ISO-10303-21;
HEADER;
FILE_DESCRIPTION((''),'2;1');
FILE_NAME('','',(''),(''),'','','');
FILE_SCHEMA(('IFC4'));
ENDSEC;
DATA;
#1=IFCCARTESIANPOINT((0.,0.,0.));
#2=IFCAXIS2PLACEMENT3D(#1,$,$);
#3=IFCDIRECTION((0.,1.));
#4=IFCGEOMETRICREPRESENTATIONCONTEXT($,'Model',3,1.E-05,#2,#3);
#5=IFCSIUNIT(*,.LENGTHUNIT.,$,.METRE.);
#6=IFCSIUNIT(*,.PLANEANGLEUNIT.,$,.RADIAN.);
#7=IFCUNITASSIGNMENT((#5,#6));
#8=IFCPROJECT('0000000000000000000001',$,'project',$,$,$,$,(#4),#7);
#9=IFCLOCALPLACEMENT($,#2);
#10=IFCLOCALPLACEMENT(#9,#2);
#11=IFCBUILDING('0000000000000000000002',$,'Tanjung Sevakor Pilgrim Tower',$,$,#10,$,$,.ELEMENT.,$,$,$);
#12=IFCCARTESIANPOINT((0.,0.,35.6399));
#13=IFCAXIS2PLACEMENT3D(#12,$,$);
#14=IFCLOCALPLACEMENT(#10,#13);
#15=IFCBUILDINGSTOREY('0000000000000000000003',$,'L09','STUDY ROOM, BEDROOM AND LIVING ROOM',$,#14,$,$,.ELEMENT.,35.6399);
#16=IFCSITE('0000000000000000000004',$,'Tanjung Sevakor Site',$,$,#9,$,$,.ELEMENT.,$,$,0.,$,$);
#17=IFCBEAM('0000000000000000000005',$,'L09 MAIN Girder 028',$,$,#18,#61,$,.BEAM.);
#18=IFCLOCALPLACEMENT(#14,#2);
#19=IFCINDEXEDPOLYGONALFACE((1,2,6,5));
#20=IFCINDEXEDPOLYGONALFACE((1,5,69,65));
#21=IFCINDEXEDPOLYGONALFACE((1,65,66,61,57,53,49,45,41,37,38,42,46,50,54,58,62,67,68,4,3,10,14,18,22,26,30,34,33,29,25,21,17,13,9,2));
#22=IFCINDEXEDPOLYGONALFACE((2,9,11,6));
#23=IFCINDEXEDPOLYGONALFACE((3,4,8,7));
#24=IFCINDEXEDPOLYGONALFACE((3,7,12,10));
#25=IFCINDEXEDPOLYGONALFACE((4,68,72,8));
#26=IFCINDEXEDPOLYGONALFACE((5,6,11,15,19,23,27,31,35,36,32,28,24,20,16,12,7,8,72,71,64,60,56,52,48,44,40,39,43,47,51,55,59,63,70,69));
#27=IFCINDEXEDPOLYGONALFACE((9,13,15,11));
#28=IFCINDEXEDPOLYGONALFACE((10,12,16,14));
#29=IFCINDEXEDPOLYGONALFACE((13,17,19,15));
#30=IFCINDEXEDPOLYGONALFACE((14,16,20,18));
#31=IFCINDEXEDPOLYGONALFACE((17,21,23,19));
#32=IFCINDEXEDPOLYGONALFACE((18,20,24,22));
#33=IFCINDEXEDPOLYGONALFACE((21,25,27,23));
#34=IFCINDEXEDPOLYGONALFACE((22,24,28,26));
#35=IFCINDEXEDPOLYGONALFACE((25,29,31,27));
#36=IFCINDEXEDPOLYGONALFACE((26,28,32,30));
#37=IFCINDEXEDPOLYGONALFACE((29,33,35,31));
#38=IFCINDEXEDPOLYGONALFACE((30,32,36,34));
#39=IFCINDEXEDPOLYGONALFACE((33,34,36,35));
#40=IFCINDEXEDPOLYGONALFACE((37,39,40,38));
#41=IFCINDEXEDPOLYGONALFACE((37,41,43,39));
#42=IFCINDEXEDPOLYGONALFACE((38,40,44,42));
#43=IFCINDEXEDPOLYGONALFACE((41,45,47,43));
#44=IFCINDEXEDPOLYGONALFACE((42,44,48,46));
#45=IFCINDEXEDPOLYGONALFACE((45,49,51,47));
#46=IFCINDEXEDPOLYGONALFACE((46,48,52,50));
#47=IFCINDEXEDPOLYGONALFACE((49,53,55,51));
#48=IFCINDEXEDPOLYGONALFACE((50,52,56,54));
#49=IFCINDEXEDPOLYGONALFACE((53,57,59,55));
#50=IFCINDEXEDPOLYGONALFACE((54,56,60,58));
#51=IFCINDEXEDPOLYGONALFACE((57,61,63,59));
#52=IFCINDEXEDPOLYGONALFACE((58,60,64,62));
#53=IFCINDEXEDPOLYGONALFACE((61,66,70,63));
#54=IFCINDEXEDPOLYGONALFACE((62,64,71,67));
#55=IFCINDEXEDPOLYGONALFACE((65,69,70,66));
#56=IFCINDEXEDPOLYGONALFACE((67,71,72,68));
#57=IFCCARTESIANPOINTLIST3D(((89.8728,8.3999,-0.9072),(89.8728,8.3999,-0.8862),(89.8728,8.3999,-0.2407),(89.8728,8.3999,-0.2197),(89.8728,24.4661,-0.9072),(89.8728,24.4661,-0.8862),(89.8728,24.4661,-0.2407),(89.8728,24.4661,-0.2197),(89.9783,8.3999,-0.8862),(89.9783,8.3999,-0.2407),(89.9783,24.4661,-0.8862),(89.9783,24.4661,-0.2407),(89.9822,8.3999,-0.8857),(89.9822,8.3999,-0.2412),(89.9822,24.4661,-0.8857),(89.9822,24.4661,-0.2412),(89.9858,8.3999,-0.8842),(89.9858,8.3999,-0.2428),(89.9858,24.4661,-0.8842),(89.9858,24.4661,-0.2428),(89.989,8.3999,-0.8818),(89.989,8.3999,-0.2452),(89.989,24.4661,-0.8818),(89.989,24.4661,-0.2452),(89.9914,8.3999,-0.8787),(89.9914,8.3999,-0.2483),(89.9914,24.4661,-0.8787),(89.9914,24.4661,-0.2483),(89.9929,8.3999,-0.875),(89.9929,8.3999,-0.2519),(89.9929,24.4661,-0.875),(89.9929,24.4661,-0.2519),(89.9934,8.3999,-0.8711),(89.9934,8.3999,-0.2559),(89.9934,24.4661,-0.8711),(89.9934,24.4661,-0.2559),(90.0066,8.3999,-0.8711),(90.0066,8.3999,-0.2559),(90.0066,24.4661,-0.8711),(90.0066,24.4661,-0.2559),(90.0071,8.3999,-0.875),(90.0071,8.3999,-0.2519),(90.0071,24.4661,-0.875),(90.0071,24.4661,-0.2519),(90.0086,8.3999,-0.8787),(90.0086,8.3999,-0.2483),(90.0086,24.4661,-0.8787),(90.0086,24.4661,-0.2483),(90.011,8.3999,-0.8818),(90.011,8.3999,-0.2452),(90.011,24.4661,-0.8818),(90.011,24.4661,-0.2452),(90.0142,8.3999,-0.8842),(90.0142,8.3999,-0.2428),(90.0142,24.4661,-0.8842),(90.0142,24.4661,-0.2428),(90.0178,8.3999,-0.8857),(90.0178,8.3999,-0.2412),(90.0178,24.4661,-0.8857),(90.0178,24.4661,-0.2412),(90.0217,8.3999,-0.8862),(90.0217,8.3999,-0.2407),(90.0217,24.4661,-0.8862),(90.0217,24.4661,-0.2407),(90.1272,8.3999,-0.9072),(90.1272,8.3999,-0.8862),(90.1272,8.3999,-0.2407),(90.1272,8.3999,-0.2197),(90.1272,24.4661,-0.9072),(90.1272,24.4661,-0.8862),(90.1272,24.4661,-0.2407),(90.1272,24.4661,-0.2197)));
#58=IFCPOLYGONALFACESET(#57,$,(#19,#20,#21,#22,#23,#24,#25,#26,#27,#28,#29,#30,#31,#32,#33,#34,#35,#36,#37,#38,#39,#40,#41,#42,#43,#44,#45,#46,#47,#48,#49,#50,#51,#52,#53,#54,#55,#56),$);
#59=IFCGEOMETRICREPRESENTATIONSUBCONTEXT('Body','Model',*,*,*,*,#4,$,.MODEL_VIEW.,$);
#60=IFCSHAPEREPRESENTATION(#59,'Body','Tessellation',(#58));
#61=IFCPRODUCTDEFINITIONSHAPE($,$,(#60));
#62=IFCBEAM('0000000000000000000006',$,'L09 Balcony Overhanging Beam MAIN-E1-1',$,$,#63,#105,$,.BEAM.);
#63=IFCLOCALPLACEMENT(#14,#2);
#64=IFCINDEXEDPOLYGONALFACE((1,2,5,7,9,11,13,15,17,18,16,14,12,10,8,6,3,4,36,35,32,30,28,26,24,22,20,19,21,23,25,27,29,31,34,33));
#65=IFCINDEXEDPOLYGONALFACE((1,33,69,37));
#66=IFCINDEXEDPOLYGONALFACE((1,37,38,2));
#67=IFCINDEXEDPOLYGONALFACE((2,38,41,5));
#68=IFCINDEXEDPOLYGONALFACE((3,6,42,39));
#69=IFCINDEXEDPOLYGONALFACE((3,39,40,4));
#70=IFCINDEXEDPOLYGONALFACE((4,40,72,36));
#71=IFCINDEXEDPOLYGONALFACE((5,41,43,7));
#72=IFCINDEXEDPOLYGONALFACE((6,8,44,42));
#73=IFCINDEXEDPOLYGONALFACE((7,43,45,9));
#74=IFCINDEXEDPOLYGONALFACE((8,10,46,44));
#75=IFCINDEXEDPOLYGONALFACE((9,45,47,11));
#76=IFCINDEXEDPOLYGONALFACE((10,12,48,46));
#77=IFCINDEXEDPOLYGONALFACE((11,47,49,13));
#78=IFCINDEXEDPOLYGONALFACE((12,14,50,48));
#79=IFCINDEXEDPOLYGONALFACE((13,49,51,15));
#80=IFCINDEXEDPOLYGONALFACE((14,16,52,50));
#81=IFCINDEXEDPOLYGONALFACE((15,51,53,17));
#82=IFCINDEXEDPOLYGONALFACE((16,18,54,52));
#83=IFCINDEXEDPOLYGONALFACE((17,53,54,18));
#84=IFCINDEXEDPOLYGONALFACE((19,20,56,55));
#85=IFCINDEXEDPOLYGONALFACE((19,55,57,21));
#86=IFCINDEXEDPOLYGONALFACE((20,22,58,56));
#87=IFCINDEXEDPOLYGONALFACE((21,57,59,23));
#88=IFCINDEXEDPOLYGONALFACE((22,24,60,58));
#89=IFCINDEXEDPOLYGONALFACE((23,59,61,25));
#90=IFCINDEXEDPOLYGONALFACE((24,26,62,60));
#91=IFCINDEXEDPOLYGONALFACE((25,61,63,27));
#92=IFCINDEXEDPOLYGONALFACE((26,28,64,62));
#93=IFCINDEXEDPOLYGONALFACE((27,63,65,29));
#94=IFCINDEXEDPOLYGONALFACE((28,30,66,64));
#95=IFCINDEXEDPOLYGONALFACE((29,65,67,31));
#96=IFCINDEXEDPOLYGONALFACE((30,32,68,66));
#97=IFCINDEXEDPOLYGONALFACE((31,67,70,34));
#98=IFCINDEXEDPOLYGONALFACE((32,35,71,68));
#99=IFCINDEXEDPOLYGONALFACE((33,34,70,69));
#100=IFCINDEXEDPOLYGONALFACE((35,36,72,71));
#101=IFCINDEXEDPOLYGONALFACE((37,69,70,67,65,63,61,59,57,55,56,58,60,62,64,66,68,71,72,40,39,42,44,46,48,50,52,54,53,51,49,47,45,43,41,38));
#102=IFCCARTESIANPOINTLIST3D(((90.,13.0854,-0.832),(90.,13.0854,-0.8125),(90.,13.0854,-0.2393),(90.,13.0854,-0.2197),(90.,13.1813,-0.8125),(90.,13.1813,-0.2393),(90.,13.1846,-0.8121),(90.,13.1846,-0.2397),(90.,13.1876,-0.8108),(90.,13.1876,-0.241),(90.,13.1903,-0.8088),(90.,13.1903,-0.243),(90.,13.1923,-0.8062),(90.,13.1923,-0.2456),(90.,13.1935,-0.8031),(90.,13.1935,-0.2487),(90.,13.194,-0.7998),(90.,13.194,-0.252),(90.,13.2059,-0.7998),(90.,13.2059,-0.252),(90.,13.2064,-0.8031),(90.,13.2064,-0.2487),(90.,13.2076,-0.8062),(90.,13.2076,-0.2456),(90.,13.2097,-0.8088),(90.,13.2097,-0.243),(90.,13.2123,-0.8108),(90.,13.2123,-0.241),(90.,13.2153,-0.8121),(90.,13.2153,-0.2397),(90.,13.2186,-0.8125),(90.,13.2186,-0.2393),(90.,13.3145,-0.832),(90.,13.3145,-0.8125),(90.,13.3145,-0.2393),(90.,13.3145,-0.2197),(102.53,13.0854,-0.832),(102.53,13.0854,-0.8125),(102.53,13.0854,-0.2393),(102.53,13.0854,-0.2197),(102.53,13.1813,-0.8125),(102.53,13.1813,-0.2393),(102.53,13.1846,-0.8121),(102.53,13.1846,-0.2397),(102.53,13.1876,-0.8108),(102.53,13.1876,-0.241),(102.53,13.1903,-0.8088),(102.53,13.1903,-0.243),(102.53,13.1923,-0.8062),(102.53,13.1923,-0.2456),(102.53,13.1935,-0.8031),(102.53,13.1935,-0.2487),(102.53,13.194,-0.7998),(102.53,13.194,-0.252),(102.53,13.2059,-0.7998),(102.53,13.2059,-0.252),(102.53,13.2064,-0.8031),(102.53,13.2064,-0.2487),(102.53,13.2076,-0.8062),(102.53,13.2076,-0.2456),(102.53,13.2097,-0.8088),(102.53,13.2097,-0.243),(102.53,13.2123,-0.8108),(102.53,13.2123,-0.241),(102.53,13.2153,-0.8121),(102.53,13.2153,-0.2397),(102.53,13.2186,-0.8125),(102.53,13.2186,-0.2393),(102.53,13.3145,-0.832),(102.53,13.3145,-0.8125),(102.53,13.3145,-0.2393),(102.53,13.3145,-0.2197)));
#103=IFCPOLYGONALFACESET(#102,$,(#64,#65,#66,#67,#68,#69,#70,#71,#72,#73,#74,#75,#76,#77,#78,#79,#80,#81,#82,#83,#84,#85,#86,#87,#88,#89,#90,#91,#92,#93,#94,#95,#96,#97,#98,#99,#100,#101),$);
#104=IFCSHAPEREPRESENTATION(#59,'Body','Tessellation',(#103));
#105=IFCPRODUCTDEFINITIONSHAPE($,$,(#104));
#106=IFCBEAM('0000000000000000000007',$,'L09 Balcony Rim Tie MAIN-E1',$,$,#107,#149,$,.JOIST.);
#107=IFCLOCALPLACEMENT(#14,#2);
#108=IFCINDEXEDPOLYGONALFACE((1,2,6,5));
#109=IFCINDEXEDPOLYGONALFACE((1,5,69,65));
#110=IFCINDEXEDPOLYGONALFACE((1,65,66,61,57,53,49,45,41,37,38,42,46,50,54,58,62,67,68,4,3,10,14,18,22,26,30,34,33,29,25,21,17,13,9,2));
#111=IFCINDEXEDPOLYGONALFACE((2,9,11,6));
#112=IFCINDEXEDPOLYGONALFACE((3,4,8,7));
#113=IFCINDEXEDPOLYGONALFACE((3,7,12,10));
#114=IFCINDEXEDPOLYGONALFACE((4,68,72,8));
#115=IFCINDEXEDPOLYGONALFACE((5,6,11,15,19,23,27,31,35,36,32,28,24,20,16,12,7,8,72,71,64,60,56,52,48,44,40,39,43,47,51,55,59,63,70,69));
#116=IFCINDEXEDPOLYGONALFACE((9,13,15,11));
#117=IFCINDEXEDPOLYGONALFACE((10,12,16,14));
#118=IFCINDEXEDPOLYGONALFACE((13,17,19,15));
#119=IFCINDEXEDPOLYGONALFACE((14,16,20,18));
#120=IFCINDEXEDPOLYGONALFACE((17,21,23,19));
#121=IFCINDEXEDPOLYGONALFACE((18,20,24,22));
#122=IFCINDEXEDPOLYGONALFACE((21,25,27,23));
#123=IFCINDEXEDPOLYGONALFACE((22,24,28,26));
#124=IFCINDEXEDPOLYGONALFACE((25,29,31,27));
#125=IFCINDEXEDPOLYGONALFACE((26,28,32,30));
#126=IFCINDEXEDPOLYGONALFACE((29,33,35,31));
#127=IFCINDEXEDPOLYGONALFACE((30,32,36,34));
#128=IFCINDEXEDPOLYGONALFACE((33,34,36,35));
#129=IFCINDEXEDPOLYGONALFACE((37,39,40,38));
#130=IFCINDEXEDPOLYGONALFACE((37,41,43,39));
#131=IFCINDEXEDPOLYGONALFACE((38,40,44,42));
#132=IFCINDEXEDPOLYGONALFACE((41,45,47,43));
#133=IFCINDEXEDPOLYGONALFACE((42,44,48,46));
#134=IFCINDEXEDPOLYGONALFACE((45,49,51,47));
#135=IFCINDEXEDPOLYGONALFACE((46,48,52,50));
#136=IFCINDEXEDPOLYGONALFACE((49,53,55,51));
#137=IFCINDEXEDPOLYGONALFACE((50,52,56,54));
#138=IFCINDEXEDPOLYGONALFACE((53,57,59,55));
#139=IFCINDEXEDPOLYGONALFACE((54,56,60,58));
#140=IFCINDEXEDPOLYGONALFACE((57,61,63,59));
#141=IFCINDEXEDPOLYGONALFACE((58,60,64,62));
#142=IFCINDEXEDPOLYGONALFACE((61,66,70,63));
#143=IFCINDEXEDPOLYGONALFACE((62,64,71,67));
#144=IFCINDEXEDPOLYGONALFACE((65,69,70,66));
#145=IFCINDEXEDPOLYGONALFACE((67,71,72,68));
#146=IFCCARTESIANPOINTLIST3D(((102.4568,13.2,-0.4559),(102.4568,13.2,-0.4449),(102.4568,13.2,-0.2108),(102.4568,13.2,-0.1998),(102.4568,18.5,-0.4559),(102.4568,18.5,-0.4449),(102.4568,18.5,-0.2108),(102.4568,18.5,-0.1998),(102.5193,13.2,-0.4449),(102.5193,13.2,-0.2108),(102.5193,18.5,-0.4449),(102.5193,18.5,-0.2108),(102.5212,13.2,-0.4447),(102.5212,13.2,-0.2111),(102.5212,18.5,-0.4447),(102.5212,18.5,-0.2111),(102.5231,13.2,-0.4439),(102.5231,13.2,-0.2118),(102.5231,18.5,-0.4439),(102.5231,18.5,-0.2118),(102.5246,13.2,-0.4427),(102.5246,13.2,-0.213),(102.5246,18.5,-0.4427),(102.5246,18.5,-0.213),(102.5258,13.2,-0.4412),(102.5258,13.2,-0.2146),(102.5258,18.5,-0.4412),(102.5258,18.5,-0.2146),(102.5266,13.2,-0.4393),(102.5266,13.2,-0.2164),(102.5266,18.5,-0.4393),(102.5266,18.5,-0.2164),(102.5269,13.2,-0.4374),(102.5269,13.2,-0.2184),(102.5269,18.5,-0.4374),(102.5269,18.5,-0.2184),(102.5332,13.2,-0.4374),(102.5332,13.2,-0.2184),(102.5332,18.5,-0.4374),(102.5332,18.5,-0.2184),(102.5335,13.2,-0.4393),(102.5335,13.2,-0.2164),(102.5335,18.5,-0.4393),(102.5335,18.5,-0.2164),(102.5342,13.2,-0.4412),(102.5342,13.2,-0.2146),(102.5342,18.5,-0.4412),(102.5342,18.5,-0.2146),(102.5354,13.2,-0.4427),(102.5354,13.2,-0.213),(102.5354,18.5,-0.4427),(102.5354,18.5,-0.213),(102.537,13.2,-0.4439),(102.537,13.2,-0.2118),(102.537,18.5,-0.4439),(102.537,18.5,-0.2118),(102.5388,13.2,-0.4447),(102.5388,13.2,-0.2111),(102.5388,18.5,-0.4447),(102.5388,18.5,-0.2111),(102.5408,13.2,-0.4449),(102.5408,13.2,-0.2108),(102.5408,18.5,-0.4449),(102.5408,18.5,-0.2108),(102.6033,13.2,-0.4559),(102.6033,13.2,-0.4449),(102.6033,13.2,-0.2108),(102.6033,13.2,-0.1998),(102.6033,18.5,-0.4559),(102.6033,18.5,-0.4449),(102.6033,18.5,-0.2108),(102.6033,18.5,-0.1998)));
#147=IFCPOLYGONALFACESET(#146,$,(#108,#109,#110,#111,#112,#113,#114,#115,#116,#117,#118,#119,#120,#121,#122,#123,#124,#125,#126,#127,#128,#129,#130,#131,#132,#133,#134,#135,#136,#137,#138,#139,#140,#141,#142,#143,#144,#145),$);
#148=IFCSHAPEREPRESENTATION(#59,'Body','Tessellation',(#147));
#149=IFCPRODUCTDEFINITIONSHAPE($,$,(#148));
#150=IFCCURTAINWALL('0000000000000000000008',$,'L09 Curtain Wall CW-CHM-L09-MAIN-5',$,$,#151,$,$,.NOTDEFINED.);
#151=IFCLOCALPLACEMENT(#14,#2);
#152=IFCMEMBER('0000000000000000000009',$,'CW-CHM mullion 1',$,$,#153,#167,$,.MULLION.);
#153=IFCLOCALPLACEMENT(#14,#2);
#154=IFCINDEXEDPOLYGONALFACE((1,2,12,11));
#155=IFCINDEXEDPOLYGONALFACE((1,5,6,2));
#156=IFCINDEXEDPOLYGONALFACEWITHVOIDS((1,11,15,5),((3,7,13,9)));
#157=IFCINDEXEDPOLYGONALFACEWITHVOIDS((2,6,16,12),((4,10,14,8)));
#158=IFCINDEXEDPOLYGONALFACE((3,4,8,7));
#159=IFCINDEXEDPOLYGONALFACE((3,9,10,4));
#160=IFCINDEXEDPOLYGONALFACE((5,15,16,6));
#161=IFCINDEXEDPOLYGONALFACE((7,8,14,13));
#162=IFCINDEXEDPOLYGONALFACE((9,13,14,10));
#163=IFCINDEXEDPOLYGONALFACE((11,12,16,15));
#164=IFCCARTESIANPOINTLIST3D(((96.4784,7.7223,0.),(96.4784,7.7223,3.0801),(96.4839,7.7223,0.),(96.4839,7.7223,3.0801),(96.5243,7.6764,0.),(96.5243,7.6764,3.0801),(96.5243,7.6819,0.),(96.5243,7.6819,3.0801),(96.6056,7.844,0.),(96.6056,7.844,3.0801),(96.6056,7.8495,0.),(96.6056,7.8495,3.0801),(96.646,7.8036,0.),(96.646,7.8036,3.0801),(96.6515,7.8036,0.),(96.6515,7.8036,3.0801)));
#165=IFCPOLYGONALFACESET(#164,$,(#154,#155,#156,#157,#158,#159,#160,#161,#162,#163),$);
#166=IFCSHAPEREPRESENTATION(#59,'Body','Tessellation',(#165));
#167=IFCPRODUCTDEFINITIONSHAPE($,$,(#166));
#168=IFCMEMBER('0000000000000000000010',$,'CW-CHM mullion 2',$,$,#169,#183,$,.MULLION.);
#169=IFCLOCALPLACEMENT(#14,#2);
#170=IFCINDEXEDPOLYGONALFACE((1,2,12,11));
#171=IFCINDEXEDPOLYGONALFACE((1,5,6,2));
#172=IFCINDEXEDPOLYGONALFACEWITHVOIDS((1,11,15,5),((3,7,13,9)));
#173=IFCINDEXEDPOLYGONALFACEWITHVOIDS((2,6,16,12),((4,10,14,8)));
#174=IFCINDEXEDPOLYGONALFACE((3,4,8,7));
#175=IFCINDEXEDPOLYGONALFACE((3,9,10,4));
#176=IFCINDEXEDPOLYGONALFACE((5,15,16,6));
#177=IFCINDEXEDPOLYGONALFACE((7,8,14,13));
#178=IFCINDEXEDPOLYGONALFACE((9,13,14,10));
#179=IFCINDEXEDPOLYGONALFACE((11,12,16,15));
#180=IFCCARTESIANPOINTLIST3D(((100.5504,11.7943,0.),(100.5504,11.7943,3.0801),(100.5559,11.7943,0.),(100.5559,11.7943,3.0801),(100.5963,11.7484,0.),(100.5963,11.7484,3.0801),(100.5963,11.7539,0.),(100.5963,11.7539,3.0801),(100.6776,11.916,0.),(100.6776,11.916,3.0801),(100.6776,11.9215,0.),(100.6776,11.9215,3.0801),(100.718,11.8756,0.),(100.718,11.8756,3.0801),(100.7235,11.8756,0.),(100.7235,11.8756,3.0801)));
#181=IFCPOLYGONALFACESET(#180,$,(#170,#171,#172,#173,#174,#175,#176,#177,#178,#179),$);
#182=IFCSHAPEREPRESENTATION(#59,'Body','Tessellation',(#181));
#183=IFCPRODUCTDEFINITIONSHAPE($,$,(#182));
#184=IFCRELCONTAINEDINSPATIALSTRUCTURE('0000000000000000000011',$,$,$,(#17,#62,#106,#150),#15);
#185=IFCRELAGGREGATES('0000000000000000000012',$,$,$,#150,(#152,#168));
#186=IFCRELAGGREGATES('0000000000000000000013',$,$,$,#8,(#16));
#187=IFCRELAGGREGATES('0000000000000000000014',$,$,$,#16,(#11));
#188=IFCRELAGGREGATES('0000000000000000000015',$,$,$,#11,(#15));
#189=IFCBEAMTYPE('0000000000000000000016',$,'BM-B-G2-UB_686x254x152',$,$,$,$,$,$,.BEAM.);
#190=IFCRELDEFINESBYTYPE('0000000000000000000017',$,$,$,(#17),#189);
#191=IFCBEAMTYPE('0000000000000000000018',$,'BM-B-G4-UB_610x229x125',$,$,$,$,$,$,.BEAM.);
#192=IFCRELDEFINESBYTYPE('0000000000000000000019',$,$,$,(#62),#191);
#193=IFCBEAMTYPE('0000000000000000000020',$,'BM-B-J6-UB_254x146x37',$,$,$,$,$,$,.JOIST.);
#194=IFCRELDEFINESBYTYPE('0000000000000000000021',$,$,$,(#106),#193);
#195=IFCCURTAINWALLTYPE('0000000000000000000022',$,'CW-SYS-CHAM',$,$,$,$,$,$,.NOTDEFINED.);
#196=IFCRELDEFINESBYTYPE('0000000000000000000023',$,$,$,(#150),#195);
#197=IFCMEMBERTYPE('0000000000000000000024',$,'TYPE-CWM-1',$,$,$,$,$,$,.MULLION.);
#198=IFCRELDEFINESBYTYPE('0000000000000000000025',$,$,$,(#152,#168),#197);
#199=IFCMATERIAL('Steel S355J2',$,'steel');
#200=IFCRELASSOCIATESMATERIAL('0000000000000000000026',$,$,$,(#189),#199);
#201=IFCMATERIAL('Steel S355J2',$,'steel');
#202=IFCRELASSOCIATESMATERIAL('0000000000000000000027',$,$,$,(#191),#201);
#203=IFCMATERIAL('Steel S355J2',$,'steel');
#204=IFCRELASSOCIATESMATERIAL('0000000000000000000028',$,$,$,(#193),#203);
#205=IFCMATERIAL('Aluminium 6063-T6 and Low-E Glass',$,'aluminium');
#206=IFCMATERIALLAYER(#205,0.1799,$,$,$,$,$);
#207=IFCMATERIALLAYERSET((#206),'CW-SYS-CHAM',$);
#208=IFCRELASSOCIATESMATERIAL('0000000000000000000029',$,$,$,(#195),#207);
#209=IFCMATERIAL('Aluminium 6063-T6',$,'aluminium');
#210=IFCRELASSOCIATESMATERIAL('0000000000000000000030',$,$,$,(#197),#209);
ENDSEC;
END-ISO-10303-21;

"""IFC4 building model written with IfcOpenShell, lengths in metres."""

from ifc_helpers import new_model, si_unit, direction, frame, origin, origin_2d, place, context, subcontext, project, spatial, hollow_rectangle, i_section, extrude, material, layer, layer_set, material_profile, profile_set, type_object, element, aggregate, save


model = new_model("IFC4")

# Units and contexts
model_context = context("Model", 3, precision=1e-05, world=origin(), true_north=direction((0.0, 1.0)))
body_context = subcontext(model_context, "Body", "Model", "MODEL_VIEW")
ifc_project = project(units=[si_unit("LENGTHUNIT", "METRE"), si_unit("PLANEANGLEUNIT", "RADIAN")], contexts=[model_context])

# Site, building, storey
site_placement = place(None, origin())
site = spatial("IfcSite", under=ifc_project, at=site_placement, Name="Tanjung Sevakor Site", CompositionType="ELEMENT", RefElevation=0.0)
building_placement = place(site_placement, origin())
building = spatial("IfcBuilding", under=site, at=building_placement, Name="Tanjung Sevakor Pilgrim Tower", CompositionType="ELEMENT")
storey_placement = place(building_placement, frame((0.0, 0.0, 35.6399)))
storey = spatial("IfcBuildingStorey", under=building, at=storey_placement, Name="L09", Description="STUDY ROOM, BEDROOM AND LIVING ROOM", CompositionType="ELEMENT", Elevation=35.6399)

# Beams
ifc_material_1 = material(Name="Steel S355J2", Category="steel")
ifc_material_profile_1 = material_profile(ifc_material_1, i_section(OverallWidth=0.2544, OverallDepth=0.6875, WebThickness=0.0132, FlangeThickness=0.021, FilletRadius=0.0151, at=origin_2d()))
ifc_profile_set_1 = profile_set([ifc_material_profile_1], Name="Steel S355J2")
beam_type_1 = type_object("IfcBeamType", Name="BM-B-G2-UB_686x254x152", PredefinedType="BEAM", material=ifc_profile_set_1)
beam_1_placement = place(storey_placement, frame((90.0, 8.3999, -0.5635), z_axis=(0.0, 1.0, 0.0), x_axis=(-1.0, 0.0, 0.0)))
element("IfcBeam", 1, at=beam_1_placement, inside=storey, type_object=beam_type_1, Name="L09 MAIN Girder 028", PredefinedType="BEAM", context=body_context, shape_type="SweptSolid", body=[
    extrude(i_section(OverallWidth=0.2544, OverallDepth=0.6875, WebThickness=0.0132, FlangeThickness=0.021, FilletRadius=0.0151, at=origin_2d()), origin(), (0.0, 0.0, 1.0), 16.0662),
])
ifc_material_2 = material(Name="Steel S355J2", Category="steel")
ifc_material_profile_2 = material_profile(ifc_material_2, i_section(OverallWidth=0.229, OverallDepth=0.6123, WebThickness=0.012, FlangeThickness=0.0195, FilletRadius=0.0127, at=origin_2d()))
ifc_profile_set_2 = profile_set([ifc_material_profile_2], Name="Steel S355J2")
beam_type_2 = type_object("IfcBeamType", Name="BM-B-G4-UB_610x229x125", PredefinedType="BEAM", material=ifc_profile_set_2)
beam_2_placement = place(storey_placement, frame((90.0, 13.2, -0.5259), z_axis=(1.0, 0.0, 0.0), x_axis=(0.0, 1.0, 0.0)))
element("IfcBeam", 2, at=beam_2_placement, inside=storey, type_object=beam_type_2, Name="L09 Balcony Overhanging Beam MAIN-E1-1", PredefinedType="BEAM", context=body_context, shape_type="SweptSolid", body=[
    extrude(i_section(OverallWidth=0.229, OverallDepth=0.6123, WebThickness=0.012, FlangeThickness=0.0195, FilletRadius=0.0127, at=origin_2d()), origin(), (0.0, 0.0, 1.0), 12.53),
])
ifc_material_3 = material(Name="Steel S355J2", Category="steel")
ifc_material_profile_3 = material_profile(ifc_material_3, i_section(OverallWidth=0.1465, OverallDepth=0.2561, WebThickness=0.0063, FlangeThickness=0.011, FilletRadius=0.0076, at=origin_2d()))
ifc_profile_set_3 = profile_set([ifc_material_profile_3], Name="Steel S355J2")
beam_type_3 = type_object("IfcBeamType", Name="BM-B-J6-UB_254x146x37", PredefinedType="JOIST", material=ifc_profile_set_3)
beam_3_placement = place(storey_placement, frame((102.53, 13.2, -0.3279), z_axis=(0.0, 1.0, 0.0), x_axis=(-1.0, 0.0, 0.0)))
element("IfcBeam", 3, at=beam_3_placement, inside=storey, type_object=beam_type_3, Name="L09 Balcony Rim Tie MAIN-E1", PredefinedType="JOIST", context=body_context, shape_type="SweptSolid", body=[
    extrude(i_section(OverallWidth=0.1465, OverallDepth=0.2561, WebThickness=0.0063, FlangeThickness=0.011, FilletRadius=0.0076, at=origin_2d()), origin(), (0.0, 0.0, 1.0), 5.3),
])

# Curtain wall, members
ifc_material_4 = material(Name="Aluminium 6063-T6 and Low-E Glass", Category="aluminium")
ifc_layer_1 = layer(ifc_material_4, 0.1799)
ifc_layer_set_1 = layer_set([ifc_layer_1], Name="CW-SYS-CHAM")
curtain_wall_type = type_object("IfcCurtainWallType", Name="CW-SYS-CHAM", PredefinedType="NOTDEFINED", material=ifc_layer_set_1)
curtain_wall_placement = place(storey_placement, origin())
curtain_wall = element("IfcCurtainWall", 4, at=curtain_wall_placement, inside=storey, type_object=curtain_wall_type, Name="L09 Curtain Wall CW-CHM-L09-MAIN-5", PredefinedType="NOTDEFINED")
ifc_material_5 = material(Name="Aluminium 6063-T6", Category="aluminium")
ifc_material_profile_4 = material_profile(ifc_material_5, hollow_rectangle(XDim=0.0649, YDim=0.1799, WallThickness=0.0039, at=origin_2d()))
ifc_profile_set_4 = profile_set([ifc_material_profile_4], Name="Aluminium 6063-T6")
member_type_1 = type_object("IfcMemberType", Name="TYPE-CWM-1", PredefinedType="MULLION", material=ifc_profile_set_4)
member_1_placement = place(storey_placement, frame((96.5649, 7.7629, 0.0), z_axis=(0.0, 0.0, 1.0), x_axis=(-0.707107, 0.707107, 0.0)))
member_1 = element("IfcMember", 5, at=member_1_placement, type_object=member_type_1, Name="CW-CHM mullion 1", PredefinedType="MULLION", context=body_context, shape_type="SweptSolid", body=[
    extrude(hollow_rectangle(XDim=0.0649, YDim=0.1799, WallThickness=0.0039, at=origin_2d()), origin(), (0.0, 0.0, 1.0), 3.0801),
])
member_2_placement = place(storey_placement, frame((100.637, 11.835, 0.0), z_axis=(0.0, 0.0, 1.0), x_axis=(-0.707107, 0.707107, 0.0)))
member_2 = element("IfcMember", 6, at=member_2_placement, type_object=member_type_1, Name="CW-CHM mullion 2", PredefinedType="MULLION", context=body_context, shape_type="SweptSolid", body=[
    extrude(hollow_rectangle(XDim=0.0649, YDim=0.1799, WallThickness=0.0039, at=origin_2d()), origin(), (0.0, 0.0, 1.0), 3.0801),
])
aggregate(curtain_wall, [member_1, member_2])

save(model, "model.ifc")
